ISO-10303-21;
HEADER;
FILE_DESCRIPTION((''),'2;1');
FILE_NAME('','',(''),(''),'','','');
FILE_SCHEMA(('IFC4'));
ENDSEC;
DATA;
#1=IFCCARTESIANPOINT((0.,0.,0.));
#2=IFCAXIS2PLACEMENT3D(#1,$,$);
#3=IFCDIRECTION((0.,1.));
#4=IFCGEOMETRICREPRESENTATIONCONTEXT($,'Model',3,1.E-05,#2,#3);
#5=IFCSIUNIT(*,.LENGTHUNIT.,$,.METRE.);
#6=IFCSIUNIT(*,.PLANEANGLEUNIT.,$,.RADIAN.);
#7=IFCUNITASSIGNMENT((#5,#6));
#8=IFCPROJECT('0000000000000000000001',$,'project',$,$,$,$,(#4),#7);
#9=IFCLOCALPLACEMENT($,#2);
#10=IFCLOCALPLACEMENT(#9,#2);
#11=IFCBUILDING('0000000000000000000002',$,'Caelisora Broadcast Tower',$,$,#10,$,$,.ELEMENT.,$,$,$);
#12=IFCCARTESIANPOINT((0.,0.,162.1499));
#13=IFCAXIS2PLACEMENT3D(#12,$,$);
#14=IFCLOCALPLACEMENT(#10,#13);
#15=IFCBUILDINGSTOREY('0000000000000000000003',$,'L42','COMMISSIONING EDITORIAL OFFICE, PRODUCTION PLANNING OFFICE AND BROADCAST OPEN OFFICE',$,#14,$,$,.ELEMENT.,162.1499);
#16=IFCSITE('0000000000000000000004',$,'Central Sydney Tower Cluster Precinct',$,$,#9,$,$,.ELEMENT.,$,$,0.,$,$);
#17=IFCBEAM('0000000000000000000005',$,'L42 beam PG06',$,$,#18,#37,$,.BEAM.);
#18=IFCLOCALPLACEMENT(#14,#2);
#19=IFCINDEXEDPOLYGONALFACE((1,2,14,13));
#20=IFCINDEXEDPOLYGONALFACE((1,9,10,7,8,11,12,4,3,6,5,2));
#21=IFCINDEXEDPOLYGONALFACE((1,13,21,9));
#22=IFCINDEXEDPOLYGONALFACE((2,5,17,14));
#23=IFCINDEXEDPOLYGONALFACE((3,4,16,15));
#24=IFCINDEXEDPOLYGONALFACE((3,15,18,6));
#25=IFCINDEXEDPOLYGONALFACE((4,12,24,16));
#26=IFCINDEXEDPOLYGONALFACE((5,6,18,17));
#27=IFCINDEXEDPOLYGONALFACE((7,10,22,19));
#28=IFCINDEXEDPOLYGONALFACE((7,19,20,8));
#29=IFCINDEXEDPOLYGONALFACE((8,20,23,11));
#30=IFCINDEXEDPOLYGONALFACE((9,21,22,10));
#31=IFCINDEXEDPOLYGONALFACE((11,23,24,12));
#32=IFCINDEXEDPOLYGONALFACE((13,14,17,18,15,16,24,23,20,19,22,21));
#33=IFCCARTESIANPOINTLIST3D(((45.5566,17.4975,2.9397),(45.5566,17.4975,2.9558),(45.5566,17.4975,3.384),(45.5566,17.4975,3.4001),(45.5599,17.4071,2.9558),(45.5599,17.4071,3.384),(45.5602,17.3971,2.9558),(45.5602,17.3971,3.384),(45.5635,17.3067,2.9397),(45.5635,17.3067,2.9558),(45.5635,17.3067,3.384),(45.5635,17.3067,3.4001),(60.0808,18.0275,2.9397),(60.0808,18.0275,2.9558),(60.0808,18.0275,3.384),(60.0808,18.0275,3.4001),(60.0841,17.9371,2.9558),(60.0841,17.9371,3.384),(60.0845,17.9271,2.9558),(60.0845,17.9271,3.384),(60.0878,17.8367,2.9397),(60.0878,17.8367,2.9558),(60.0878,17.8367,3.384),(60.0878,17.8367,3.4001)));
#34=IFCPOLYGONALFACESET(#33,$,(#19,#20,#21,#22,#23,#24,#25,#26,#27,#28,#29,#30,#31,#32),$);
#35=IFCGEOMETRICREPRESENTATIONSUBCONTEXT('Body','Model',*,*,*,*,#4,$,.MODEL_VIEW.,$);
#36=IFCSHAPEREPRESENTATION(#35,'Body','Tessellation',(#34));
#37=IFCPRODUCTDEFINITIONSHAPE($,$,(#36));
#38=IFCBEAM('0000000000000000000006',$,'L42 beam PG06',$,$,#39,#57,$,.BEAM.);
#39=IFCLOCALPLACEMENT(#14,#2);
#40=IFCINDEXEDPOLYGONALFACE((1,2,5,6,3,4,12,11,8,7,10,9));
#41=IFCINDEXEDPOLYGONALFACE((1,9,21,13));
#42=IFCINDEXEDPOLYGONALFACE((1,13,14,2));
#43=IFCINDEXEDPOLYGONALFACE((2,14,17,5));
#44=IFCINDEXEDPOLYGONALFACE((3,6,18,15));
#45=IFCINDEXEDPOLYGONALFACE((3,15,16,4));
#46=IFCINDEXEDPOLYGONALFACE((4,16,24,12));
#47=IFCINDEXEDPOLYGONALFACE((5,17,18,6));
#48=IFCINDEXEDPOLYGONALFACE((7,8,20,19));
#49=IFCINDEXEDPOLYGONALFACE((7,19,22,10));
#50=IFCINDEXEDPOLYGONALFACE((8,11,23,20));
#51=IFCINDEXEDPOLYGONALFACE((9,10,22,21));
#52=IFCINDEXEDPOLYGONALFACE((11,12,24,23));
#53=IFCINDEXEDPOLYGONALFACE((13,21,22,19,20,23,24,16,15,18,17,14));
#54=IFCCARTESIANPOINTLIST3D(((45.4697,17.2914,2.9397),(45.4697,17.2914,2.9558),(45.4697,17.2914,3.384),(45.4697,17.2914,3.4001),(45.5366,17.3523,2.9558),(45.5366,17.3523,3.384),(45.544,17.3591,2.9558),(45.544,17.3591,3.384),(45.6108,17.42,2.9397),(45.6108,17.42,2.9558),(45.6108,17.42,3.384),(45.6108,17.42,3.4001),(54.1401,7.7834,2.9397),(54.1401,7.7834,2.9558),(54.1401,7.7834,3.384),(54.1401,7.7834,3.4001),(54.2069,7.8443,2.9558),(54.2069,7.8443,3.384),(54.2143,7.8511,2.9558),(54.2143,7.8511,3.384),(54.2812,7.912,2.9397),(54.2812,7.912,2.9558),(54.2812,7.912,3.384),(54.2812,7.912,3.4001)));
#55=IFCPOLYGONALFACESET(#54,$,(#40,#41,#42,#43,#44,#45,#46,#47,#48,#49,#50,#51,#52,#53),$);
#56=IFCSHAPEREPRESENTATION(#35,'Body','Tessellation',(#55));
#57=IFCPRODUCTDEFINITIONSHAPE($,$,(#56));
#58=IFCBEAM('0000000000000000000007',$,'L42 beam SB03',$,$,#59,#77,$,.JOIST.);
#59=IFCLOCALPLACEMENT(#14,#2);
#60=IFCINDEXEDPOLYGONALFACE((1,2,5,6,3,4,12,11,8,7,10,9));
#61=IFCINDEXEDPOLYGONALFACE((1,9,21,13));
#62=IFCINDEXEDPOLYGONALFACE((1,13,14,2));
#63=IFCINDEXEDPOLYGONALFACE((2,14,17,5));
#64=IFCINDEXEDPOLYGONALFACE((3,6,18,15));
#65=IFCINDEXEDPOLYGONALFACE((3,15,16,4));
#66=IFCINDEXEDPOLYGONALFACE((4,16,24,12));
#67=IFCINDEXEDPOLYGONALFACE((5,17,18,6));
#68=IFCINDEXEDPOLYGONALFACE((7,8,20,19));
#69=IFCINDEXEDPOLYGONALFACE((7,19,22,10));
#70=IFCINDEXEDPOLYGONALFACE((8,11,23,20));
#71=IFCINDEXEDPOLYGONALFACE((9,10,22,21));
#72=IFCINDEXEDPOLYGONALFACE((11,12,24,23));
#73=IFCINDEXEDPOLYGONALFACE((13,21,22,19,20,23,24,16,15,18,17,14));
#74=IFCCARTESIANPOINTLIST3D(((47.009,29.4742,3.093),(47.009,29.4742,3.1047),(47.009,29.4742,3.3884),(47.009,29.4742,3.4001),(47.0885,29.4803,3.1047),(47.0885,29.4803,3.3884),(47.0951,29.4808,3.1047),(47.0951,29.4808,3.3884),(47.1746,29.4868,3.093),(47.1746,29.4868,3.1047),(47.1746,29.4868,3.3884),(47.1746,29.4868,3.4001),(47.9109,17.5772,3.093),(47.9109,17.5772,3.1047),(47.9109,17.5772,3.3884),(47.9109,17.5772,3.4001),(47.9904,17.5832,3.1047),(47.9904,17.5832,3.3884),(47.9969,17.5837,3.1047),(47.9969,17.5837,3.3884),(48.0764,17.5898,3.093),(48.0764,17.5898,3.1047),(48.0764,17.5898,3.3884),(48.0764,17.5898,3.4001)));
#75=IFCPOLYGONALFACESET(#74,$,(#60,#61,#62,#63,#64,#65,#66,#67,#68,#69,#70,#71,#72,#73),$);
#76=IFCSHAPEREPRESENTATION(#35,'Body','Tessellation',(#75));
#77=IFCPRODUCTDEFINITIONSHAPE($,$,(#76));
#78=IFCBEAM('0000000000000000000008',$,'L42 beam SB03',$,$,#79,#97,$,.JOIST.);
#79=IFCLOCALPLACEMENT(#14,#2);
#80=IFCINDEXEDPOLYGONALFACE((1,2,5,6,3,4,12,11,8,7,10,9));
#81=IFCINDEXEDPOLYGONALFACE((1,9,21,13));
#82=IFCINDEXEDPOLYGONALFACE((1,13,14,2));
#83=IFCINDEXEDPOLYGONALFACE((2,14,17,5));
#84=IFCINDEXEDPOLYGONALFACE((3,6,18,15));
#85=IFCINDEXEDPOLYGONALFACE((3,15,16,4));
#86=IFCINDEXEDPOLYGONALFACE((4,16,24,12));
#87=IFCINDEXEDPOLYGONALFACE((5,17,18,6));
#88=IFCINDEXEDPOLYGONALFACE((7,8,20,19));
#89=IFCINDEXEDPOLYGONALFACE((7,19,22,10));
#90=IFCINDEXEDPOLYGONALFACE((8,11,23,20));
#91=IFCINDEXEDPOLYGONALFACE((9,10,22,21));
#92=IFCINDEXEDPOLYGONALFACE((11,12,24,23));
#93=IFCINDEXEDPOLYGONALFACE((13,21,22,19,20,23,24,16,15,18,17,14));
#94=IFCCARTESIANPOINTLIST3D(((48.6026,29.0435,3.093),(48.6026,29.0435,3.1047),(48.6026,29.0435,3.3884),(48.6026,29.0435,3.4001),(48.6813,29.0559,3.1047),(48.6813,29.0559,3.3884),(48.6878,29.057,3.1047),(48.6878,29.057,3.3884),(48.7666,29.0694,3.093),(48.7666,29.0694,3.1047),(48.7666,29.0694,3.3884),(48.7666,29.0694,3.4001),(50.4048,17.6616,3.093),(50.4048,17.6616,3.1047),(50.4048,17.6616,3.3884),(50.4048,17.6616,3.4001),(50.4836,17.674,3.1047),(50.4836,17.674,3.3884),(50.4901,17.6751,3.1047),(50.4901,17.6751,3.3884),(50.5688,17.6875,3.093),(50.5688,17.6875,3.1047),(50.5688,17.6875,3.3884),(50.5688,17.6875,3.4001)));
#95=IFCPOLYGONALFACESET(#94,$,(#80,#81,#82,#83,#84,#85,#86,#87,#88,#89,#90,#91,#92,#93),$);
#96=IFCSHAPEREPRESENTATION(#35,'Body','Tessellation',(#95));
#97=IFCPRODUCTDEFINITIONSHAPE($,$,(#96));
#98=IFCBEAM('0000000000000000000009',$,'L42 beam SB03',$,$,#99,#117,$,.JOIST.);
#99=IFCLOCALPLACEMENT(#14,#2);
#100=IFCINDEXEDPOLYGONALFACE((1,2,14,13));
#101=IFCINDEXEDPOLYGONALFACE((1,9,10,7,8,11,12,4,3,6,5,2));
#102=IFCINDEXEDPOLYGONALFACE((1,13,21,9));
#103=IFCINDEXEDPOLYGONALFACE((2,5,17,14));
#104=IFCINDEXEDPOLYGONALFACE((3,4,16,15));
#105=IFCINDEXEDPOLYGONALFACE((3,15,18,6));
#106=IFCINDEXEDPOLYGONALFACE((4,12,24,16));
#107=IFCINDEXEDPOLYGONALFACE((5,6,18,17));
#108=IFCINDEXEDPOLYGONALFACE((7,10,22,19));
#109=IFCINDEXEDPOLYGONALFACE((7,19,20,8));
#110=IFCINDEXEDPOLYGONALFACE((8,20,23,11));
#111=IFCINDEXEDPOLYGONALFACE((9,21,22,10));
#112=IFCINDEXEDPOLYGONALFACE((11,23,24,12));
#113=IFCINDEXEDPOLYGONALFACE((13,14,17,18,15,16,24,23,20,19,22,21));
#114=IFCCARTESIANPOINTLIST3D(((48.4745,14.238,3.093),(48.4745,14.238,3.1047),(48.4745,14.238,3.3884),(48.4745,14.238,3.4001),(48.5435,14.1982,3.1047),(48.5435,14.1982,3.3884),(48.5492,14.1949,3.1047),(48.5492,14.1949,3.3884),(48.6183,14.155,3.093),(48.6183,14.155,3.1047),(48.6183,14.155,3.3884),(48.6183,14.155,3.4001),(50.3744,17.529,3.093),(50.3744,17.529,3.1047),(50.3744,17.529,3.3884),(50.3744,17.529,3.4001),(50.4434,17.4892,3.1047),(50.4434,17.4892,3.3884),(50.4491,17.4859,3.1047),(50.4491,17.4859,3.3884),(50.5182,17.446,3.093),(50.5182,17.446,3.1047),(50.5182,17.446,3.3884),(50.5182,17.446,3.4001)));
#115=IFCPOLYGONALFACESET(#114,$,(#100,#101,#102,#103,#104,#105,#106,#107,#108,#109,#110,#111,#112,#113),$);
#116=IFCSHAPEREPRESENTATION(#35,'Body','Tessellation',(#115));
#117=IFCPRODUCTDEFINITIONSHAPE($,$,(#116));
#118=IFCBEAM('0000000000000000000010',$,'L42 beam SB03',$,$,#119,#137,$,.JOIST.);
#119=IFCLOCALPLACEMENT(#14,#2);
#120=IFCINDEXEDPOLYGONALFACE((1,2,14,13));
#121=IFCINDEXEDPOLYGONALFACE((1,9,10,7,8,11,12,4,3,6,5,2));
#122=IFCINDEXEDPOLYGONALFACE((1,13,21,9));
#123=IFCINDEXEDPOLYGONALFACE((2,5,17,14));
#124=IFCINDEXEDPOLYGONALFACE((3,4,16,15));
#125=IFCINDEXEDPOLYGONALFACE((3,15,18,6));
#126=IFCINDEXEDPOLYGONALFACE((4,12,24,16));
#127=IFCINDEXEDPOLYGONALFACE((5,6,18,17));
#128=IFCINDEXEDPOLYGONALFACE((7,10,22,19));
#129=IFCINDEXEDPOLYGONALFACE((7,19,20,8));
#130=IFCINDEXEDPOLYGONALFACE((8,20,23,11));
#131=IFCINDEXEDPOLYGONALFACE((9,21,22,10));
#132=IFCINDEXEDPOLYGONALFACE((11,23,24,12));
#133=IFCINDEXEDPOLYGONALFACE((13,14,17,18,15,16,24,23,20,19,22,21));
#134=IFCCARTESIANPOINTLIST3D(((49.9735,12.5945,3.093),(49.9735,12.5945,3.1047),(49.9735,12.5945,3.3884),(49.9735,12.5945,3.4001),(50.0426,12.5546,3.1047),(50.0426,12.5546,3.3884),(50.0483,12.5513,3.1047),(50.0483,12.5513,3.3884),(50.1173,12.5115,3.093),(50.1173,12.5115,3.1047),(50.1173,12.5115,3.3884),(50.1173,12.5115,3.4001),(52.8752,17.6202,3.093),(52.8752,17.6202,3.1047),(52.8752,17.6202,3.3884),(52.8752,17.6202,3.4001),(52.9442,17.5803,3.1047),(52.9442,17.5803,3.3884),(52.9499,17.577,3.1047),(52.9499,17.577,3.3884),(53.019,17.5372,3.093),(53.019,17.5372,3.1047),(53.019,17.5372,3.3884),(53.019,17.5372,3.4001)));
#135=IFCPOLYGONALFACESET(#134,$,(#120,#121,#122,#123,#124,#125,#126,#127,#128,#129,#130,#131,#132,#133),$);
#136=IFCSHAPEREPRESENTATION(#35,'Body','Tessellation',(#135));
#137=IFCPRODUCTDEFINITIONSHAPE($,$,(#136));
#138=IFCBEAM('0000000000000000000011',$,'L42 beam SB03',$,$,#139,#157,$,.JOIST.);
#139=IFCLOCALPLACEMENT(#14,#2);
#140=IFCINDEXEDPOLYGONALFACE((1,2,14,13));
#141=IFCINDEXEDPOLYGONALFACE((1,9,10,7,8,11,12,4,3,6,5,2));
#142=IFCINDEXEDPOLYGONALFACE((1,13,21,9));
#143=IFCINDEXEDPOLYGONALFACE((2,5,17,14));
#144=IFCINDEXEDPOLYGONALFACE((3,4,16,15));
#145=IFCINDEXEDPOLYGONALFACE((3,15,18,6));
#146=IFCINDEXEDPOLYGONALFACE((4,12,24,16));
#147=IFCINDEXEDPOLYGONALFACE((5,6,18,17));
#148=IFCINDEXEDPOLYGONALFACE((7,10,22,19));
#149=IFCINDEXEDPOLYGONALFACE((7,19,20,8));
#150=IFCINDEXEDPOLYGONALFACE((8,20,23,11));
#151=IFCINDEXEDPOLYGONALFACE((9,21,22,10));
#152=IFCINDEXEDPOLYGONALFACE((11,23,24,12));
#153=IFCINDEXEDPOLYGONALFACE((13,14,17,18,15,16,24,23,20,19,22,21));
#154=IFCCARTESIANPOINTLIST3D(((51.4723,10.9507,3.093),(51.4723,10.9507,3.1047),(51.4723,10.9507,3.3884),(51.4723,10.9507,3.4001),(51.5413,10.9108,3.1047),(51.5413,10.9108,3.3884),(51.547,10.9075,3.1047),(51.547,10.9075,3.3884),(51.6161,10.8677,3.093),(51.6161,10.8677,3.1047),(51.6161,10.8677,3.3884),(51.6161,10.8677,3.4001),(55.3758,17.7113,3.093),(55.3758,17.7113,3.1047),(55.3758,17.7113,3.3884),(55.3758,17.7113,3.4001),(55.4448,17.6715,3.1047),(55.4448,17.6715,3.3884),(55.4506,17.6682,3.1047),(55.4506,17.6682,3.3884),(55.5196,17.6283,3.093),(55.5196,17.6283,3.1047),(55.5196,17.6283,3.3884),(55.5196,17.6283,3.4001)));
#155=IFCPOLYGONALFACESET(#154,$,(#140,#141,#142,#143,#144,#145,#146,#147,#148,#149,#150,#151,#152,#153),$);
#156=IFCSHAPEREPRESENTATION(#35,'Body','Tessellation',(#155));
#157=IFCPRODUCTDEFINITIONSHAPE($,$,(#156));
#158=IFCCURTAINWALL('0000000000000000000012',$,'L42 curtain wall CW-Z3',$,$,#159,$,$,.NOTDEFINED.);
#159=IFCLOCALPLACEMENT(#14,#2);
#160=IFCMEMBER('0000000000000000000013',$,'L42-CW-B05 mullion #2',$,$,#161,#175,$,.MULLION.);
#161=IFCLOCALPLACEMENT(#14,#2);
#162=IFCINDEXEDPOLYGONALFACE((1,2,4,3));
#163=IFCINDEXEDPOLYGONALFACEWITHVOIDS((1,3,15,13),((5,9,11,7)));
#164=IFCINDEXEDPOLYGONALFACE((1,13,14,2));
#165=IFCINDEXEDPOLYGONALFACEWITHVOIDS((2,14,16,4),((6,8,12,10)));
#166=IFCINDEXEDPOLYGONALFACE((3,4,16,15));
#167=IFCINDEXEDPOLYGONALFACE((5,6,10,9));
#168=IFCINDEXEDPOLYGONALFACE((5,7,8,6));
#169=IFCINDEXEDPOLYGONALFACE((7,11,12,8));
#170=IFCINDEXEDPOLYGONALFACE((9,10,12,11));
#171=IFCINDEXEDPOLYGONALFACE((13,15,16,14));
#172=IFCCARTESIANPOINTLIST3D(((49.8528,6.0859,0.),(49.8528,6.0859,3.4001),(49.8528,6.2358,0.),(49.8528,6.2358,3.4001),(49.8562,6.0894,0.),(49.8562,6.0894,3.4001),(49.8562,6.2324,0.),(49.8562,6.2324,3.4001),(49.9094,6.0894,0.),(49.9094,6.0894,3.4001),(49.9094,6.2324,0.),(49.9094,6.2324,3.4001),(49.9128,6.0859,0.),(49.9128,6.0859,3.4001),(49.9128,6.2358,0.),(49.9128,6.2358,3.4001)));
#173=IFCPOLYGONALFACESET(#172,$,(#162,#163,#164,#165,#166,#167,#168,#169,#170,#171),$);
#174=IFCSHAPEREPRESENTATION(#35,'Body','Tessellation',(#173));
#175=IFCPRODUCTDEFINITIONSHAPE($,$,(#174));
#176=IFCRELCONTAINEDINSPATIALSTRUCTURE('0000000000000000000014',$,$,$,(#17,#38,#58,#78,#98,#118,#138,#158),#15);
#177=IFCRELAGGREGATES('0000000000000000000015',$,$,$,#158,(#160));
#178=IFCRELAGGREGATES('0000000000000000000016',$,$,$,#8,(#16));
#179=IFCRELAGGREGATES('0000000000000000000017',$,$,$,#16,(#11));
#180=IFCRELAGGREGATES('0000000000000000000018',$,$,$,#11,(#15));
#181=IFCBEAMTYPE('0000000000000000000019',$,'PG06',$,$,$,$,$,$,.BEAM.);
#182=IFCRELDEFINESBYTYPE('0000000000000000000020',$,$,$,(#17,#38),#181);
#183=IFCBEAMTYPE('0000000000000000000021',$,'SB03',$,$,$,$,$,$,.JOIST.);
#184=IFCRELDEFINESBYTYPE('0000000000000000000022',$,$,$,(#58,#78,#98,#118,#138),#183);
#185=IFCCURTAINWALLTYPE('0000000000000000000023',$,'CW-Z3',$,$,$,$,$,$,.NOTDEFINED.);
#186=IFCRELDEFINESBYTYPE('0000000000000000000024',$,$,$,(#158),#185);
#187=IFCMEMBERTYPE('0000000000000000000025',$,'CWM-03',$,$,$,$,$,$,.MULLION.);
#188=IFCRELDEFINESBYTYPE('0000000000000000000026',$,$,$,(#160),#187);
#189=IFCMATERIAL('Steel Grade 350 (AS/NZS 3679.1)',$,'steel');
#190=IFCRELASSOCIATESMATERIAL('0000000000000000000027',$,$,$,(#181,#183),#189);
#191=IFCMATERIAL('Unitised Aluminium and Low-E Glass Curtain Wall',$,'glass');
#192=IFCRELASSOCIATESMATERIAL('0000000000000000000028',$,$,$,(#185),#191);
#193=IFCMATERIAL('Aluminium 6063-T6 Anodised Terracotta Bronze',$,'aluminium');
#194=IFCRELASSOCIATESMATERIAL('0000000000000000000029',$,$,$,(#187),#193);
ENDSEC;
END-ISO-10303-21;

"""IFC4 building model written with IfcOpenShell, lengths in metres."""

from ifc_helpers import new_model, si_unit, direction, frame, origin, origin_2d, place, context, subcontext, project, spatial, hollow_rectangle, i_section, extrude, source, transform, mapped, material, material_profile, profile_set, type_object, type_shapes, element, aggregate, save


model = new_model("IFC4")

# Units and contexts
model_context = context("Model", 3, precision=1e-05, world=origin(), true_north=direction((0.0, 1.0)))
body_context = subcontext(model_context, "Body", "Model", "MODEL_VIEW")
ifc_project = project(units=[si_unit("LENGTHUNIT", "METRE"), si_unit("PLANEANGLEUNIT", "RADIAN")], contexts=[model_context])

# Site, building, storey
site_placement = place(None, origin())
site = spatial("IfcSite", under=ifc_project, at=site_placement, Name="Central Sydney Tower Cluster Precinct", CompositionType="ELEMENT", RefElevation=0.0)
building_placement = place(site_placement, origin())
building = spatial("IfcBuilding", under=site, at=building_placement, Name="Caelisora Broadcast Tower", CompositionType="ELEMENT")
storey_placement = place(building_placement, frame((0.0, 0.0, 162.1499)))
storey = spatial("IfcBuildingStorey", under=building, at=storey_placement, Name="L42", Description="COMMISSIONING EDITORIAL OFFICE, PRODUCTION PLANNING OFFICE AND BROADCAST OPEN OFFICE", CompositionType="ELEMENT", Elevation=162.1499)

# Beams
ifc_material_1 = material(Name="Steel Grade 350 (AS/NZS 3679.1)", Category="steel")
ifc_material_profile_1 = material_profile(ifc_material_1, i_section(OverallWidth=0.1909, OverallDepth=0.4604, WebThickness=0.01, FlangeThickness=0.0161, at=origin_2d()), Name="Steel Grade 350 (AS/NZS 3679.1)")
ifc_profile_set_1 = profile_set([ifc_material_profile_1], Name="Steel Grade 350 (AS/NZS 3679.1)")
beam_type_1 = type_object("IfcBeamType", Name="PG06", PredefinedType="BEAM", material=ifc_profile_set_1)
shared_shape_1 = source(origin(), body_context, "Body", "SweptSolid", [
    extrude(i_section(OverallWidth=0.1909, OverallDepth=0.4604, WebThickness=0.01, FlangeThickness=0.0161, at=origin_2d()), origin(), (0.0, 0.0, 1.0), 14.5339),
])
beam_1_placement = place(storey_placement, frame((45.5601, 17.4021, 3.1699), z_axis=(0.999335, 0.036469, 0.0), x_axis=(-0.036469, 0.999335, 0.0)))
element("IfcBeam", 1, at=beam_1_placement, inside=storey, type_object=beam_type_1, Name="L42 beam PG06", PredefinedType="BEAM", context=body_context, shape_type="MappedRepresentation", body=[
    mapped(shared_shape_1, transform((0.0, 0.0, 0.0), scale=1.0)),
])
shared_shape_2 = source(origin(), body_context, "Body", "SweptSolid", [
    extrude(i_section(OverallWidth=0.1909, OverallDepth=0.4604, WebThickness=0.01, FlangeThickness=0.0161, at=origin_2d()), origin(), (0.0, 0.0, 1.0), 12.8677),
])
type_shapes(beam_type_1, [shared_shape_1, shared_shape_2])
beam_2_placement = place(storey_placement, frame((45.5403, 17.3557, 3.1699), z_axis=(0.673809, -0.738906, 0.0), x_axis=(0.738906, 0.673809, 0.0)))
element("IfcBeam", 2, at=beam_2_placement, inside=storey, type_object=beam_type_1, Name="L42 beam PG06", PredefinedType="BEAM", context=body_context, shape_type="MappedRepresentation", body=[
    mapped(shared_shape_2, transform((0.0, 0.0, 0.0), scale=1.0)),
])
ifc_material_profile_2 = material_profile(ifc_material_1, i_section(OverallWidth=0.166, OverallDepth=0.3071, WebThickness=0.0066, FlangeThickness=0.0117, at=origin_2d()), Name="Steel Grade 350 (AS/NZS 3679.1)")
ifc_profile_set_2 = profile_set([ifc_material_profile_2], Name="Steel Grade 350 (AS/NZS 3679.1)")
beam_type_2 = type_object("IfcBeamType", Name="SB03", PredefinedType="JOIST", material=ifc_profile_set_2)
shared_shape_3 = source(origin(), body_context, "Body", "SweptSolid", [
    extrude(i_section(OverallWidth=0.166, OverallDepth=0.3071, WebThickness=0.0066, FlangeThickness=0.0117, at=origin_2d()), origin(), (0.0, 0.0, 1.0), 11.9312),
])
beam_3_placement = place(storey_placement, frame((47.9937, 17.5835, 3.2466), z_axis=(-0.075589, 0.997139, 0.0), x_axis=(-0.997139, -0.075589, 0.0)))
element("IfcBeam", 3, at=beam_3_placement, inside=storey, type_object=beam_type_2, Name="L42 beam SB03", PredefinedType="JOIST", context=body_context, shape_type="MappedRepresentation", body=[
    mapped(shared_shape_3, transform((0.0, 0.0, 0.0), scale=1.0)),
])
shared_shape_4 = source(origin(), body_context, "Body", "SweptSolid", [
    extrude(i_section(OverallWidth=0.166, OverallDepth=0.3071, WebThickness=0.0066, FlangeThickness=0.0117, at=origin_2d()), origin(), (0.0, 0.0, 1.0), 11.5237),
])
beam_4_placement = place(storey_placement, frame((50.4868, 17.6746, 3.2466), z_axis=(-0.156396, 0.987695, 0.0), x_axis=(-0.987695, -0.156396, 0.0)))
element("IfcBeam", 4, at=beam_4_placement, inside=storey, type_object=beam_type_2, Name="L42 beam SB03", PredefinedType="JOIST", context=body_context, shape_type="MappedRepresentation", body=[
    mapped(shared_shape_4, transform((0.0, 0.0, 0.0), scale=1.0)),
])
shared_shape_5 = source(origin(), body_context, "Body", "SweptSolid", [
    extrude(i_section(OverallWidth=0.166, OverallDepth=0.3071, WebThickness=0.0066, FlangeThickness=0.0117, at=origin_2d()), origin(), (0.0, 0.0, 1.0), 3.8),
])
beam_5_placement = place(storey_placement, frame((48.5464, 14.1965, 3.2466), z_axis=(0.499967, 0.866044, 0.0), x_axis=(-0.866044, 0.499967, 0.0)))
element("IfcBeam", 5, at=beam_5_placement, inside=storey, type_object=beam_type_2, Name="L42 beam SB03", PredefinedType="JOIST", context=body_context, shape_type="MappedRepresentation", body=[
    mapped(shared_shape_5, transform((0.0, 0.0, 0.0), scale=1.0)),
])
shared_shape_6 = source(origin(), body_context, "Body", "SweptSolid", [
    extrude(i_section(OverallWidth=0.166, OverallDepth=0.3071, WebThickness=0.0066, FlangeThickness=0.0117, at=origin_2d()), origin(), (0.0, 0.0, 1.0), 5.8032),
])
beam_6_placement = place(storey_placement, frame((50.0454, 12.553, 3.2466), z_axis=(0.500008, 0.866021, 0.0), x_axis=(-0.866021, 0.500008, 0.0)))
element("IfcBeam", 6, at=beam_6_placement, inside=storey, type_object=beam_type_2, Name="L42 beam SB03", PredefinedType="JOIST", context=body_context, shape_type="MappedRepresentation", body=[
    mapped(shared_shape_6, transform((0.0, 0.0, 0.0), scale=1.0)),
])
shared_shape_7 = source(origin(), body_context, "Body", "SweptSolid", [
    extrude(i_section(OverallWidth=0.166, OverallDepth=0.3071, WebThickness=0.0066, FlangeThickness=0.0117, at=origin_2d()), origin(), (0.0, 0.0, 1.0), 7.8066),
])
type_shapes(beam_type_2, [shared_shape_3, shared_shape_4, shared_shape_5, shared_shape_6, shared_shape_7])
beam_7_placement = place(storey_placement, frame((51.5442, 10.9092, 3.2466), z_axis=(0.500024, 0.866012, 0.0), x_axis=(-0.866012, 0.500024, 0.0)))
element("IfcBeam", 7, at=beam_7_placement, inside=storey, type_object=beam_type_2, Name="L42 beam SB03", PredefinedType="JOIST", context=body_context, shape_type="MappedRepresentation", body=[
    mapped(shared_shape_7, transform((0.0, 0.0, 0.0), scale=1.0)),
])

# Curtain wall, member
ifc_material_2 = material(Name="Unitised Aluminium and Low-E Glass Curtain Wall", Category="glass")
curtain_wall_type = type_object("IfcCurtainWallType", Name="CW-Z3", PredefinedType="NOTDEFINED", material=ifc_material_2)
curtain_wall_placement = place(storey_placement, origin())
curtain_wall = element("IfcCurtainWall", 8, at=curtain_wall_placement, inside=storey, type_object=curtain_wall_type, Name="L42 curtain wall CW-Z3", PredefinedType="NOTDEFINED")
ifc_material_3 = material(Name="Aluminium 6063-T6 Anodised Terracotta Bronze", Category="aluminium")
ifc_material_profile_3 = material_profile(ifc_material_3, hollow_rectangle(XDim=0.0601, YDim=0.1499, WallThickness=0.0034, at=origin_2d()), Name="Aluminium 6063-T6 Anodised Terracotta Bronze")
ifc_profile_set_3 = profile_set([ifc_material_profile_3], Name="Aluminium 6063-T6 Anodised Terracotta Bronze")
member_type = type_object("IfcMemberType", Name="CWM-03", PredefinedType="MULLION", material=ifc_profile_set_3)
shared_shape_8 = source(origin(), body_context, "Body", "SweptSolid", [
    extrude(hollow_rectangle(XDim=0.0601, YDim=0.1499, WallThickness=0.0034, at=origin_2d()), origin(), (0.0, 0.0, 1.0), 3.4001),
])
type_shapes(member_type, [shared_shape_8])
member_placement = place(storey_placement, frame((49.8828, 6.1609, 0.0), z_axis=(0.0, 0.0, 1.0), x_axis=(1.0, 0.0, 0.0)))
member = element("IfcMember", 9, at=member_placement, type_object=member_type, Name="L42-CW-B05 mullion #2", PredefinedType="MULLION", context=body_context, shape_type="MappedRepresentation", body=[
    mapped(shared_shape_8, transform((0.0, 0.0, 0.0), scale=1.0)),
])
aggregate(curtain_wall, [member])

save(model, "model.ifc")
